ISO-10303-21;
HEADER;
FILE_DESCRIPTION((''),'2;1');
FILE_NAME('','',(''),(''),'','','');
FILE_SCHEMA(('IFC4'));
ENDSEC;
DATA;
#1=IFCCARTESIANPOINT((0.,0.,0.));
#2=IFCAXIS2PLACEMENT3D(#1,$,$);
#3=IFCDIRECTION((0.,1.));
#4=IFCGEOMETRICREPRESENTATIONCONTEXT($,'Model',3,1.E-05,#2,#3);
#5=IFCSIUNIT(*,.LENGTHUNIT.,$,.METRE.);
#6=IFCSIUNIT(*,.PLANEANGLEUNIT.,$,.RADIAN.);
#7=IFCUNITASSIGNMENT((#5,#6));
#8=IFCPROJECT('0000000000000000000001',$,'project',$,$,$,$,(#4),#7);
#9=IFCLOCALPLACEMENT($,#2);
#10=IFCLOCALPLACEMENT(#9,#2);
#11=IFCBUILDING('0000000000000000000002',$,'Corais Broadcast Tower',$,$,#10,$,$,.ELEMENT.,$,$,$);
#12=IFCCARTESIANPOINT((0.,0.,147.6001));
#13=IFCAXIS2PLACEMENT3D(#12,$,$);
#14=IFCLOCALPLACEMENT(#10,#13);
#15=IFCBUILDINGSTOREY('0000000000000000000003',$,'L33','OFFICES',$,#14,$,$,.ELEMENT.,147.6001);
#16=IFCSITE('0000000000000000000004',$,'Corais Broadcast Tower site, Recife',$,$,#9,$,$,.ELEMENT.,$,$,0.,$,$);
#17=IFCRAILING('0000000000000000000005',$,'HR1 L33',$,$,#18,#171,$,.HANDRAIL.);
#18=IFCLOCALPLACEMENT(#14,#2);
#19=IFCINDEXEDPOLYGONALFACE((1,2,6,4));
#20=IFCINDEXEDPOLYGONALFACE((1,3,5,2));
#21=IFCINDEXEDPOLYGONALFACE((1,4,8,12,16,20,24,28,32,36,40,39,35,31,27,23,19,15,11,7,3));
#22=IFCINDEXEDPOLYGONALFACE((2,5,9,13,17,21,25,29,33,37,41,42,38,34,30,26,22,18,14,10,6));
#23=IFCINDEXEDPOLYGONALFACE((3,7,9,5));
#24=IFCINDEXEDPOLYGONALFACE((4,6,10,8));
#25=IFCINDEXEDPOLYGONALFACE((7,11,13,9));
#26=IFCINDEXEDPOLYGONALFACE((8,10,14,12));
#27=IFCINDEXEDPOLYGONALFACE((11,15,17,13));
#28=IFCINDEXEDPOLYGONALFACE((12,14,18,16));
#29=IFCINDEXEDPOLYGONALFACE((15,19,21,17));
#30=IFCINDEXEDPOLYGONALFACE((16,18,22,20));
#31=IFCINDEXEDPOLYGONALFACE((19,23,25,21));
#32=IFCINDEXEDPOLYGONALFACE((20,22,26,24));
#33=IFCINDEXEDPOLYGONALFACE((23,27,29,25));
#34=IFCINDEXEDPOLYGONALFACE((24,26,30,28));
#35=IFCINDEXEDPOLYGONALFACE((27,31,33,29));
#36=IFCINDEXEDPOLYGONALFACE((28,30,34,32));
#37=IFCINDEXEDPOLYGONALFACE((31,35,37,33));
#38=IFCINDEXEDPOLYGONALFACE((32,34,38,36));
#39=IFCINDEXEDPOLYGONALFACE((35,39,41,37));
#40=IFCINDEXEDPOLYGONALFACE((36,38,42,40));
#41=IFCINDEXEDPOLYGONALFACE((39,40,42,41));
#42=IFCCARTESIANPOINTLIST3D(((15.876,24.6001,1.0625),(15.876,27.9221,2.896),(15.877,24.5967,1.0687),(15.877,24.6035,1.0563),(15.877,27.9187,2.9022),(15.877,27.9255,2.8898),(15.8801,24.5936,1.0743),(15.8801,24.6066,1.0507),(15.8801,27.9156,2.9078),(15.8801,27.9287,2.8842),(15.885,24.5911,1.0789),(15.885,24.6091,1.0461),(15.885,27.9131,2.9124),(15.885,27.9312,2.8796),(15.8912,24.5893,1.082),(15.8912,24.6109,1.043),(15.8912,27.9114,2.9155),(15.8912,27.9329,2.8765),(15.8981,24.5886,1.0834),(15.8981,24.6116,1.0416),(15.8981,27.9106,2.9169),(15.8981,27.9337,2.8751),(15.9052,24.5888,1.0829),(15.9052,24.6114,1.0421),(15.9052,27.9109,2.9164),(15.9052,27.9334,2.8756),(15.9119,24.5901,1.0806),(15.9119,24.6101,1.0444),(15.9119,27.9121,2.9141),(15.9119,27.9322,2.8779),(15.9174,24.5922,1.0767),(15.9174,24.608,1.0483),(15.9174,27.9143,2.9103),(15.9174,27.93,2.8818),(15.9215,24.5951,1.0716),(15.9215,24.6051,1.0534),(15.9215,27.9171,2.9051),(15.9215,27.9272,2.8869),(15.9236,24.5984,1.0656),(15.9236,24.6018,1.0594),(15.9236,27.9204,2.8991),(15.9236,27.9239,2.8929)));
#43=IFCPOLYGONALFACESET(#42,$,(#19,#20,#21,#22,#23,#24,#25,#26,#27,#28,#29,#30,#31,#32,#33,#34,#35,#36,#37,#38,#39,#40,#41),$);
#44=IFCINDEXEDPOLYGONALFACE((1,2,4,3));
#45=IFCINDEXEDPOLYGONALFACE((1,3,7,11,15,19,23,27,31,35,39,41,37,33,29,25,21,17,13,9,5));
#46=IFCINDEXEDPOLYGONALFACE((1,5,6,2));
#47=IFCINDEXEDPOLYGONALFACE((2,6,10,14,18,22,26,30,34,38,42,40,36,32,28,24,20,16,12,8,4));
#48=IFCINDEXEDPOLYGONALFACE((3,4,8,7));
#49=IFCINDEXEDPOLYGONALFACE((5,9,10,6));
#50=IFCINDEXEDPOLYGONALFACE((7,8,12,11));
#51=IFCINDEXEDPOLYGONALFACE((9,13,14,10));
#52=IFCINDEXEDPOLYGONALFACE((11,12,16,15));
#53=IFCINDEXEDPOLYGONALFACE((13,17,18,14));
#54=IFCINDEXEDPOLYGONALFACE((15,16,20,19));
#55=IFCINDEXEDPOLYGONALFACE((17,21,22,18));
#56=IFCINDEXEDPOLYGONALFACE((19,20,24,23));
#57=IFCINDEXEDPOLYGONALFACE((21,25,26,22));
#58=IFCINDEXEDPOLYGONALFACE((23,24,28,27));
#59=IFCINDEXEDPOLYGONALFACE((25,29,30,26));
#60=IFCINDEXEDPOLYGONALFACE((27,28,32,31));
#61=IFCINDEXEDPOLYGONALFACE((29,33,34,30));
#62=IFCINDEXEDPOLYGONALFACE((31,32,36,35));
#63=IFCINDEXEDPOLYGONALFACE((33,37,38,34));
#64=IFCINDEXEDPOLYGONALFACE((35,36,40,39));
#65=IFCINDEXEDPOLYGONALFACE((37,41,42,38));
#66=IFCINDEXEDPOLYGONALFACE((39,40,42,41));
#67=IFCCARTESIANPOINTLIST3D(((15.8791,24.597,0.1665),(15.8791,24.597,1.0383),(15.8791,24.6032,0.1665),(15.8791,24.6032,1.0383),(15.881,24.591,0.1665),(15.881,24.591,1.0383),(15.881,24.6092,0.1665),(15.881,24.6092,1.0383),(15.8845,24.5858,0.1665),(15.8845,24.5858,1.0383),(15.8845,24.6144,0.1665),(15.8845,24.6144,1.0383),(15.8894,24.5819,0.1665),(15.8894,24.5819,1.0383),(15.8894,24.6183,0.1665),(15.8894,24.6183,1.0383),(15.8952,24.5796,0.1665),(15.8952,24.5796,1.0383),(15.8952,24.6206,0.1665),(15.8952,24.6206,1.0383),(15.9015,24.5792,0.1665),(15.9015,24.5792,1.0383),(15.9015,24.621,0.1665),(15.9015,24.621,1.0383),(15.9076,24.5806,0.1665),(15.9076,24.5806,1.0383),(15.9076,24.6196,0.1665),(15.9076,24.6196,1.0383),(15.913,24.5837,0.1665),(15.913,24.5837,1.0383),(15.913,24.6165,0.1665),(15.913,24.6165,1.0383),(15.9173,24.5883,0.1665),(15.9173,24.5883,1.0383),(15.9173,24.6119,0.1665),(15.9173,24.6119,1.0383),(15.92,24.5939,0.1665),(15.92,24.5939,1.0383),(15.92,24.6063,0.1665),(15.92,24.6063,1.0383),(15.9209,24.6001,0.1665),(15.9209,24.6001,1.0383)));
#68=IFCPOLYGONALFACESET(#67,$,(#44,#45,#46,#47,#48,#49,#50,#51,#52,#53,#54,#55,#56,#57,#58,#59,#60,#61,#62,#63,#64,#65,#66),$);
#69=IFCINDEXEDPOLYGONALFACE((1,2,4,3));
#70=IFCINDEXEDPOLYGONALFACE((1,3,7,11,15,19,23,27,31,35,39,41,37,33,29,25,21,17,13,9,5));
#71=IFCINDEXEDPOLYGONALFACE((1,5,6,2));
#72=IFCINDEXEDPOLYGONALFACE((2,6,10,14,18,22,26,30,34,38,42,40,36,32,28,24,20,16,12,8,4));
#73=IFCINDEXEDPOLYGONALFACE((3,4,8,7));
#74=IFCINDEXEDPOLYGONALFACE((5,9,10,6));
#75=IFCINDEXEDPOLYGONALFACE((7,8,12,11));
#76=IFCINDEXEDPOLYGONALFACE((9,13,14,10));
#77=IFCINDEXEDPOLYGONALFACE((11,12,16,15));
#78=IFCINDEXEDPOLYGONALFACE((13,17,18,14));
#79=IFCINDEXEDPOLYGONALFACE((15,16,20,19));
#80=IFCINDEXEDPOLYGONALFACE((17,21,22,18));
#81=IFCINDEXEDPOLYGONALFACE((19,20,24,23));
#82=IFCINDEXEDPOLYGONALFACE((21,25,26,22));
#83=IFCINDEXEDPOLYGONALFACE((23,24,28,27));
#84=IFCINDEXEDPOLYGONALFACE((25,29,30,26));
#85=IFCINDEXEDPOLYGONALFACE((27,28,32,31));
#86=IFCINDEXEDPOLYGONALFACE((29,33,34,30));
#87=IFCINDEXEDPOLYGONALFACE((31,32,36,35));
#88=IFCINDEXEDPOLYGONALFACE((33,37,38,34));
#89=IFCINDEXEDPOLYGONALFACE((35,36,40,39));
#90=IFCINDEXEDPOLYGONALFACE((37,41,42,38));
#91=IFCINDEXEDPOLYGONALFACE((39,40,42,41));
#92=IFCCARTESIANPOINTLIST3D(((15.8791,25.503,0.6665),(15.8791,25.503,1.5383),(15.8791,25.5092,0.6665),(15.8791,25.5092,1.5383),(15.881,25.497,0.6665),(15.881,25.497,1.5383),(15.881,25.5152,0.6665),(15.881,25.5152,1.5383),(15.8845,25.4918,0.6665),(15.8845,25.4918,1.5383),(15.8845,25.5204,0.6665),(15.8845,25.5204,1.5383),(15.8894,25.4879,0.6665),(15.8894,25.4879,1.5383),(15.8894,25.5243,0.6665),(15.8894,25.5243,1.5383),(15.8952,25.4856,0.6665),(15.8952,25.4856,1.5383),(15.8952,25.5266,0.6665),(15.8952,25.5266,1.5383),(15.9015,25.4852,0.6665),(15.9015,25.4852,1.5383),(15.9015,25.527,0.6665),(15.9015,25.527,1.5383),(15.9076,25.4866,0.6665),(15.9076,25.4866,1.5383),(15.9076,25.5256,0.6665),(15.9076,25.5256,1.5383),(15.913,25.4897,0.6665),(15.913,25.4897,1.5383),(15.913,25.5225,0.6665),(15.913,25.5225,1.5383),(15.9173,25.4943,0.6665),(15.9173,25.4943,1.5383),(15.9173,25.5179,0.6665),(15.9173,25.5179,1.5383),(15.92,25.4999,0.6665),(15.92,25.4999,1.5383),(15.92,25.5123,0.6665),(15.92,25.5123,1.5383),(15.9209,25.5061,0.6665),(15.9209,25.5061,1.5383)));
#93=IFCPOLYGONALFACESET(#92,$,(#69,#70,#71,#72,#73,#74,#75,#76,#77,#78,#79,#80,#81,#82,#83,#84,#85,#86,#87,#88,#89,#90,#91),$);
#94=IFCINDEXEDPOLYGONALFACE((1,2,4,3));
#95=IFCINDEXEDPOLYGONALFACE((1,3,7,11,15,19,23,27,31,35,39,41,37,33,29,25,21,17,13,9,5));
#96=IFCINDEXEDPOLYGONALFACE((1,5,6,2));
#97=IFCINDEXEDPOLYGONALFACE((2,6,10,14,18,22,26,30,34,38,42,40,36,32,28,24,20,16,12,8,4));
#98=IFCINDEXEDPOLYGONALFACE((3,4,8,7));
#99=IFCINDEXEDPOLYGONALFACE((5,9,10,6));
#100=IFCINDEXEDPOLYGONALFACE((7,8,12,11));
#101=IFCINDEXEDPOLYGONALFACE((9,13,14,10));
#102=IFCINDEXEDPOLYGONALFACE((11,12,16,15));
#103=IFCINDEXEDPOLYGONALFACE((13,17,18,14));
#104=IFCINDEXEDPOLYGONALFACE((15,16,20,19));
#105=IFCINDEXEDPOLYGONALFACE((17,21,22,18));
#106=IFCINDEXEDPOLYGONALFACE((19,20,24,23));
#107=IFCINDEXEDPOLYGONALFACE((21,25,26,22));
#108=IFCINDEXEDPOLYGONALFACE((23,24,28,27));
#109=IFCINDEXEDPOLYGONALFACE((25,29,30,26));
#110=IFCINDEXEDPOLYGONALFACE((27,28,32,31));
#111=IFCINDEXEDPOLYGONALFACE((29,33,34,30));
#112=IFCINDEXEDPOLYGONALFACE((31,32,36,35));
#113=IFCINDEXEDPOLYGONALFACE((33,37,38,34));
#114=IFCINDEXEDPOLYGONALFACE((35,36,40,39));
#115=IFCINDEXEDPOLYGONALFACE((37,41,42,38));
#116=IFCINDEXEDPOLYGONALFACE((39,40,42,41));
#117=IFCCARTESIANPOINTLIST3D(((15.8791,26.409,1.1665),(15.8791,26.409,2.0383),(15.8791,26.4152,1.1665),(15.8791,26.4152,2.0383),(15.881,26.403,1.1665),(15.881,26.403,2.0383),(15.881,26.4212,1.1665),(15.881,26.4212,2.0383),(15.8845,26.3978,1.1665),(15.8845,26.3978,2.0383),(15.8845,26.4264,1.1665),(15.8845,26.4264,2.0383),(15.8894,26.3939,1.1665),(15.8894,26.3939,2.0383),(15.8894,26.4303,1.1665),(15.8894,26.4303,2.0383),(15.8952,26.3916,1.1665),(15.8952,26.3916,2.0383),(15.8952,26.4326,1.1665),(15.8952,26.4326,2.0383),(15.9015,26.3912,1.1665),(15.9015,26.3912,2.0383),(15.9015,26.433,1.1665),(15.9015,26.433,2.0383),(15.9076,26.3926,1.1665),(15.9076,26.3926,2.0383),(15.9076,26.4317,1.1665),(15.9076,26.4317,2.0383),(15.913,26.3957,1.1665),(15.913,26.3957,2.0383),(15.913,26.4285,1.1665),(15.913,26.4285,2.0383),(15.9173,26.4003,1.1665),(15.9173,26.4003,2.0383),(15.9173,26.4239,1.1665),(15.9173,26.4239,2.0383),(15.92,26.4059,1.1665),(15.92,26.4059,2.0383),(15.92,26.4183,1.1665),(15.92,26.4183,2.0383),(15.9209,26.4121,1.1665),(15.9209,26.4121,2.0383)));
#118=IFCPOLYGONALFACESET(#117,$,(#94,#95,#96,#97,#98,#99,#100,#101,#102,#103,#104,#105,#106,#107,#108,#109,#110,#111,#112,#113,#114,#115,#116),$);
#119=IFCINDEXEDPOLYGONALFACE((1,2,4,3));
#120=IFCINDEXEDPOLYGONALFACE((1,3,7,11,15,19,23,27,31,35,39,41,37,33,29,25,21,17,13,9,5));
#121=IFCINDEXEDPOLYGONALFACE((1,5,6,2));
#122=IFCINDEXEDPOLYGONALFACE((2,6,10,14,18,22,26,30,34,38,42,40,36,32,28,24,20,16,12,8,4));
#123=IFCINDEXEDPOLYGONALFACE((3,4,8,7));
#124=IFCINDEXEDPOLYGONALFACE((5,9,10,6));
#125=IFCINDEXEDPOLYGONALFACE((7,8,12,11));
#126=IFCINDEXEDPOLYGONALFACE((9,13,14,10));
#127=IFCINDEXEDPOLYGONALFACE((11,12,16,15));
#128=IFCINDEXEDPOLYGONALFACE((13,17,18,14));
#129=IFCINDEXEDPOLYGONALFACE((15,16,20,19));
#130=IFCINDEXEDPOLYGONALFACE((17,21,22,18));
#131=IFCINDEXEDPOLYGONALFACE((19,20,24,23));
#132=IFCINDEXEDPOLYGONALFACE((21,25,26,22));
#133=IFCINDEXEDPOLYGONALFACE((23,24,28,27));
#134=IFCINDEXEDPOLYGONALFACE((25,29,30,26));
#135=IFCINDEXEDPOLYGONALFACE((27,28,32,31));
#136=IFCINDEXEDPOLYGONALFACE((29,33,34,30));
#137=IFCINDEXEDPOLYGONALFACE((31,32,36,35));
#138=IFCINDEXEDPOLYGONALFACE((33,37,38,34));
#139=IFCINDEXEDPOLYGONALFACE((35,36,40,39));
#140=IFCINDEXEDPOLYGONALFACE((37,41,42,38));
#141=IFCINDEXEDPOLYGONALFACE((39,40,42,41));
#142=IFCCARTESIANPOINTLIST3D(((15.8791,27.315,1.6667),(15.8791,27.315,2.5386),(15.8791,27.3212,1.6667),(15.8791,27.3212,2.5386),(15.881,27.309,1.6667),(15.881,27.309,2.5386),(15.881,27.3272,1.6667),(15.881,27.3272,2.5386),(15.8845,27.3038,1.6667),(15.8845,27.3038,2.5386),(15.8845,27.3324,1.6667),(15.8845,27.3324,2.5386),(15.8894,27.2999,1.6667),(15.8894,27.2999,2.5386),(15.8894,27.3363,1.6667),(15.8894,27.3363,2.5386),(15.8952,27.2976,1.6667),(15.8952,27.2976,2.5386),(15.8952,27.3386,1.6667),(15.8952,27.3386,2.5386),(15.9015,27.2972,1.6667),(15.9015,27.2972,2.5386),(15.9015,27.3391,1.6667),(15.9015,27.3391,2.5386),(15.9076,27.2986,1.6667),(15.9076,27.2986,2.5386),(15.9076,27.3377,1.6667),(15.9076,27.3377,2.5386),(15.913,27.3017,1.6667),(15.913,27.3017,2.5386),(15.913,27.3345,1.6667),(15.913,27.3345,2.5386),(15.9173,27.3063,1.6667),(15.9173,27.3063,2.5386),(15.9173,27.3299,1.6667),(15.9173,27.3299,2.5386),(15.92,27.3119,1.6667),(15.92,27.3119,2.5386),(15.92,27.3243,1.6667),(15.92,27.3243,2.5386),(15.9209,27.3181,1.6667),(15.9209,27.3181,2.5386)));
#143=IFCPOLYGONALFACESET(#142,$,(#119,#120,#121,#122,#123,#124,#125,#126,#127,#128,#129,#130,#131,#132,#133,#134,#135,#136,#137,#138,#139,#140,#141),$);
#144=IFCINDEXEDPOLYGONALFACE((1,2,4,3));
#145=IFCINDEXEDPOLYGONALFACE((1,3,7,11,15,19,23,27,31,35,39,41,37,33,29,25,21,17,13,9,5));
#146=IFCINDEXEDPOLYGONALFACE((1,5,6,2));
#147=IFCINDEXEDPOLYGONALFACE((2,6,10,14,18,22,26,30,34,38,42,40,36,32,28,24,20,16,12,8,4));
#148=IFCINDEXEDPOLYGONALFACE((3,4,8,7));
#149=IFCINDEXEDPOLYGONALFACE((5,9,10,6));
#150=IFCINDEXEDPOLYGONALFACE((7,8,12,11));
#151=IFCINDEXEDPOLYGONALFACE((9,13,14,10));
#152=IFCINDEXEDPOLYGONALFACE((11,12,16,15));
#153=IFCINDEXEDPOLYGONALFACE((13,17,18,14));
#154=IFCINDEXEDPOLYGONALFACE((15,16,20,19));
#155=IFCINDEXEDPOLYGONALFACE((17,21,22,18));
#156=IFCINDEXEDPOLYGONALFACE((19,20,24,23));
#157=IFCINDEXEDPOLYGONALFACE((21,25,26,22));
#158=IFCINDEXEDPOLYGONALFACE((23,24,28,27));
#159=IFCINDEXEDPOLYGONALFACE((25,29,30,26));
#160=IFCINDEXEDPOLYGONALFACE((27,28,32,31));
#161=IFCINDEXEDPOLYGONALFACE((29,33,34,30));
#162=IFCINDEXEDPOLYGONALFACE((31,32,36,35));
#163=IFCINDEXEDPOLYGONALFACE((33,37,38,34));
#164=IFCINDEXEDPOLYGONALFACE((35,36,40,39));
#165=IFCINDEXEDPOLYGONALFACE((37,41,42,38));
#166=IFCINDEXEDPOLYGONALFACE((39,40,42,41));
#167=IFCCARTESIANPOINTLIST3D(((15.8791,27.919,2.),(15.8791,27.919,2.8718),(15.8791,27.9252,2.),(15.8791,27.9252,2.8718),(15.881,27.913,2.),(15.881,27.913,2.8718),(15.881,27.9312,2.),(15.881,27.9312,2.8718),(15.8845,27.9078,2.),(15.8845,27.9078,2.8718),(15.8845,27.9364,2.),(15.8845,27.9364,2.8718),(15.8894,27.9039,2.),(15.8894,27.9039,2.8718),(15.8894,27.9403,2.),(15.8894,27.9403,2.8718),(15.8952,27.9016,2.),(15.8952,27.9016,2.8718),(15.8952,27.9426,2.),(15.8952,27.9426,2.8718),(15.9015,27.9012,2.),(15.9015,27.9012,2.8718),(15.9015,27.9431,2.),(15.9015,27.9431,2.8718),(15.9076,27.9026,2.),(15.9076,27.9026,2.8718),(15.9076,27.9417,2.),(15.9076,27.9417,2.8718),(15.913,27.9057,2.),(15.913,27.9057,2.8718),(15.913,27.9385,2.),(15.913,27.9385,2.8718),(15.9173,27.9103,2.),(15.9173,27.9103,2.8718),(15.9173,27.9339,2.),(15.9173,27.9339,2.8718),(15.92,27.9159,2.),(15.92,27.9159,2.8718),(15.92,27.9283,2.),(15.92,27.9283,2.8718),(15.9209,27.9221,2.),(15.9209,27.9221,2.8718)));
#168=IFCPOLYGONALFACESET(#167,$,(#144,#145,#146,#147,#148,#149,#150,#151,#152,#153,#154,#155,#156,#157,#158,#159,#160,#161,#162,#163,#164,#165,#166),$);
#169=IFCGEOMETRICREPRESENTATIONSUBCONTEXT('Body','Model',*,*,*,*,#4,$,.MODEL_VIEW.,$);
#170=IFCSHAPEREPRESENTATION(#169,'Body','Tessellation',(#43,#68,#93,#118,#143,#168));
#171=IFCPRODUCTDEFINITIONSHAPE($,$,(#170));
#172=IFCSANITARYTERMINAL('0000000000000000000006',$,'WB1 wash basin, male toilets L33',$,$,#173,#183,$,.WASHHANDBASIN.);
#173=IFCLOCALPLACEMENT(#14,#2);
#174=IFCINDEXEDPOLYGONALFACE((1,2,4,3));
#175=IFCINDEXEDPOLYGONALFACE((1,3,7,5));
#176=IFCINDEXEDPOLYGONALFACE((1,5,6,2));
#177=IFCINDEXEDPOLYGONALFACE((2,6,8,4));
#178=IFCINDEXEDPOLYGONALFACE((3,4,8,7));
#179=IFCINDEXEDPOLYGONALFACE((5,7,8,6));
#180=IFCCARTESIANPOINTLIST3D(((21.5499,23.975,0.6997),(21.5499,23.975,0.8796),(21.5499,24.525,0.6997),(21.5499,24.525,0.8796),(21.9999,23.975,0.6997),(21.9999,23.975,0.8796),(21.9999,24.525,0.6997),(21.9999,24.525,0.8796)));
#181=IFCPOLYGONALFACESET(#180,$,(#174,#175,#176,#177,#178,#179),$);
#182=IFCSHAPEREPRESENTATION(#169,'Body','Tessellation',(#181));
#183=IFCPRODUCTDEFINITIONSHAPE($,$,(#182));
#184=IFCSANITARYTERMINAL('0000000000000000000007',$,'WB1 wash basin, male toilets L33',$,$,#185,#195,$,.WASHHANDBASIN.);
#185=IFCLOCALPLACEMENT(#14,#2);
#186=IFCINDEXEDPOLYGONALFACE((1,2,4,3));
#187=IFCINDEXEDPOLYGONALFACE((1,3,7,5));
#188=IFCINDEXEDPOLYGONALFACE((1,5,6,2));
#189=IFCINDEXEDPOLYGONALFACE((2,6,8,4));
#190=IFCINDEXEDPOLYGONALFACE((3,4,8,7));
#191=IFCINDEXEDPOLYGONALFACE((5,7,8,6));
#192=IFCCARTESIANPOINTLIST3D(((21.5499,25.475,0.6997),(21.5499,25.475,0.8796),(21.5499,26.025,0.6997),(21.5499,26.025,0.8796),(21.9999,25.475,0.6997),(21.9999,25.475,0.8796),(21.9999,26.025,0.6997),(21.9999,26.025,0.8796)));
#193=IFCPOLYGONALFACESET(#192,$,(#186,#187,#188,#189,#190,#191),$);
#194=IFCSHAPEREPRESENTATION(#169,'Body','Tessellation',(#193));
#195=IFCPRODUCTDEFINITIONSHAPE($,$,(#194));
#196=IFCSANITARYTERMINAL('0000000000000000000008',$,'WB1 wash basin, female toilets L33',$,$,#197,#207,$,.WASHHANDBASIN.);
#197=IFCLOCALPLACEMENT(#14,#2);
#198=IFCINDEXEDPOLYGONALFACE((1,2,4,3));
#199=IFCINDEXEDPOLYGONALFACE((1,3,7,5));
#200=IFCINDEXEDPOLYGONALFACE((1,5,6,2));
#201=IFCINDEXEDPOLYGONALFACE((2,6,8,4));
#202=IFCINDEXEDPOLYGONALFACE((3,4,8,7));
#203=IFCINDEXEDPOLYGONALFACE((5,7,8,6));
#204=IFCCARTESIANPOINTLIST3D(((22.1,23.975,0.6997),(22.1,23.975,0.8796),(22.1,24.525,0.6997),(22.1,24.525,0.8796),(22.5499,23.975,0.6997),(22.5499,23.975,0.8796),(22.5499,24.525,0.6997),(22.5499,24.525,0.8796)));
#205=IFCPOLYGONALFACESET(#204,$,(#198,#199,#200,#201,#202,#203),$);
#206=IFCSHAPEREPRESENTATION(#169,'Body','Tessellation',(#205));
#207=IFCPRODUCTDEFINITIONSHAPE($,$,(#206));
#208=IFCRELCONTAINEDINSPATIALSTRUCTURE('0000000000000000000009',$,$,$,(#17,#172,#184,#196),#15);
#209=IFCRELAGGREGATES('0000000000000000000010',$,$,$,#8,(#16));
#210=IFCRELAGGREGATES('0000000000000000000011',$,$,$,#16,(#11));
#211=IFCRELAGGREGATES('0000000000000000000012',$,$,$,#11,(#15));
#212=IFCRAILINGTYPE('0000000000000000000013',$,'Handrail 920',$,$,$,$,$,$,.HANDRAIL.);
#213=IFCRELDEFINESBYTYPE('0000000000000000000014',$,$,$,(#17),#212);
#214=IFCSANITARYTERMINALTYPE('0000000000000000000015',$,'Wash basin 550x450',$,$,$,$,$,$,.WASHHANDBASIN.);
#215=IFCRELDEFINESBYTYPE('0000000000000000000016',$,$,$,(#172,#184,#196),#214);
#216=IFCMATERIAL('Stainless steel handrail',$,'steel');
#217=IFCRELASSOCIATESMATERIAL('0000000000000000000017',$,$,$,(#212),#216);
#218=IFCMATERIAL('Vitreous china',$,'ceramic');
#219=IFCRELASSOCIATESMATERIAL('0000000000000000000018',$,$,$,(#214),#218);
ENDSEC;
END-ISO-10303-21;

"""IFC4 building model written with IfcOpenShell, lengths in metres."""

from ifc_helpers import new_model, si_unit, direction, frame, origin, origin_2d, place, context, subcontext, project, spatial, rectangle, circle, extrude, material, type_object, element, save


model = new_model("IFC4")

# Units and contexts
model_context = context("Model", 3, precision=1e-05, world=origin(), true_north=direction((0.0, 1.0)))
body_context = subcontext(model_context, "Body", "Model", "MODEL_VIEW")
ifc_project = project(units=[si_unit("LENGTHUNIT", "METRE"), si_unit("PLANEANGLEUNIT", "RADIAN")], contexts=[model_context])

# Site, building, storey
site_placement = place(None, origin())
site = spatial("IfcSite", under=ifc_project, at=site_placement, Name="Corais Broadcast Tower site, Recife", CompositionType="ELEMENT", RefElevation=0.0)
building_placement = place(site_placement, origin())
building = spatial("IfcBuilding", under=site, at=building_placement, Name="Corais Broadcast Tower", CompositionType="ELEMENT")
storey_placement = place(building_placement, frame((0.0, 0.0, 147.6001)))
storey = spatial("IfcBuildingStorey", under=building, at=storey_placement, Name="L33", Description="OFFICES", CompositionType="ELEMENT", Elevation=147.6001)

# Railing
ifc_material_1 = material(Name="Stainless steel handrail", Category="steel")
railing_type = type_object("IfcRailingType", Name="Handrail 920", PredefinedType="HANDRAIL", material=ifc_material_1)
for number, where, name in (
    (1, (15.8999, 24.6001, 0.1665), "HR1 L33"),
):
    element("IfcRailing", number, at=place(storey_placement, frame(where)), inside=storey, type_object=railing_type, Name=name, PredefinedType="HANDRAIL", context=body_context, shape_type="SweptSolid", body=[
        extrude(circle(Radius=0.0239, at=origin_2d()), frame((0.0, 0.0, 0.896), z_axis=(0.0, 0.875504, 0.48321), x_axis=(-1.0, 0.0, 0.0)), (0.0, 0.0, 1.0), 3.7944),
        extrude(circle(Radius=0.021, at=origin_2d()), origin(), (0.0, 0.0, 1.0), 0.8718),
        extrude(circle(Radius=0.021, at=origin_2d()), frame((0.0, 0.906, 0.5)), (0.0, 0.0, 1.0), 0.8718),
        extrude(circle(Radius=0.021, at=origin_2d()), frame((0.0, 1.812, 1.0)), (0.0, 0.0, 1.0), 0.8718),
        extrude(circle(Radius=0.021, at=origin_2d()), frame((0.0, 2.718, 1.5002)), (0.0, 0.0, 1.0), 0.8718),
        extrude(circle(Radius=0.021, at=origin_2d()), frame((0.0, 3.322, 1.8335)), (0.0, 0.0, 1.0), 0.8718),
    ])

# Sanitary terminals
ifc_material_2 = material(Name="Vitreous china", Category="ceramic")
sanitary_terminal_type = type_object("IfcSanitaryTerminalType", Name="Wash basin 550x450", PredefinedType="WASHHANDBASIN", material=ifc_material_2)
for number, where, z_axis, x_axis, name in (
    (2, (21.7749, 24.25, 0.6997), (0.0, 0.0, 1.0), (1.0, 0.0, 0.0), "WB1 wash basin, male toilets L33"),
    (3, (21.7749, 25.75, 0.6997), (0.0, 0.0, 1.0), (1.0, 0.0, 0.0), "WB1 wash basin, male toilets L33"),
    (4, (22.325, 24.25, 0.6997), (0.0, 0.0, 1.0), (1.0, 0.0, 0.0), "WB1 wash basin, female toilets L33"),
):
    element("IfcSanitaryTerminal", number, at=place(storey_placement, frame(where, z_axis=z_axis, x_axis=x_axis)), inside=storey, type_object=sanitary_terminal_type, Name=name, PredefinedType="WASHHANDBASIN", context=body_context, shape_type="SweptSolid", body=[
        extrude(rectangle(XDim=0.45, YDim=0.55, at=origin_2d()), origin(), (0.0, 0.0, 1.0), 0.1799),
    ])

save(model, "model.ifc")
